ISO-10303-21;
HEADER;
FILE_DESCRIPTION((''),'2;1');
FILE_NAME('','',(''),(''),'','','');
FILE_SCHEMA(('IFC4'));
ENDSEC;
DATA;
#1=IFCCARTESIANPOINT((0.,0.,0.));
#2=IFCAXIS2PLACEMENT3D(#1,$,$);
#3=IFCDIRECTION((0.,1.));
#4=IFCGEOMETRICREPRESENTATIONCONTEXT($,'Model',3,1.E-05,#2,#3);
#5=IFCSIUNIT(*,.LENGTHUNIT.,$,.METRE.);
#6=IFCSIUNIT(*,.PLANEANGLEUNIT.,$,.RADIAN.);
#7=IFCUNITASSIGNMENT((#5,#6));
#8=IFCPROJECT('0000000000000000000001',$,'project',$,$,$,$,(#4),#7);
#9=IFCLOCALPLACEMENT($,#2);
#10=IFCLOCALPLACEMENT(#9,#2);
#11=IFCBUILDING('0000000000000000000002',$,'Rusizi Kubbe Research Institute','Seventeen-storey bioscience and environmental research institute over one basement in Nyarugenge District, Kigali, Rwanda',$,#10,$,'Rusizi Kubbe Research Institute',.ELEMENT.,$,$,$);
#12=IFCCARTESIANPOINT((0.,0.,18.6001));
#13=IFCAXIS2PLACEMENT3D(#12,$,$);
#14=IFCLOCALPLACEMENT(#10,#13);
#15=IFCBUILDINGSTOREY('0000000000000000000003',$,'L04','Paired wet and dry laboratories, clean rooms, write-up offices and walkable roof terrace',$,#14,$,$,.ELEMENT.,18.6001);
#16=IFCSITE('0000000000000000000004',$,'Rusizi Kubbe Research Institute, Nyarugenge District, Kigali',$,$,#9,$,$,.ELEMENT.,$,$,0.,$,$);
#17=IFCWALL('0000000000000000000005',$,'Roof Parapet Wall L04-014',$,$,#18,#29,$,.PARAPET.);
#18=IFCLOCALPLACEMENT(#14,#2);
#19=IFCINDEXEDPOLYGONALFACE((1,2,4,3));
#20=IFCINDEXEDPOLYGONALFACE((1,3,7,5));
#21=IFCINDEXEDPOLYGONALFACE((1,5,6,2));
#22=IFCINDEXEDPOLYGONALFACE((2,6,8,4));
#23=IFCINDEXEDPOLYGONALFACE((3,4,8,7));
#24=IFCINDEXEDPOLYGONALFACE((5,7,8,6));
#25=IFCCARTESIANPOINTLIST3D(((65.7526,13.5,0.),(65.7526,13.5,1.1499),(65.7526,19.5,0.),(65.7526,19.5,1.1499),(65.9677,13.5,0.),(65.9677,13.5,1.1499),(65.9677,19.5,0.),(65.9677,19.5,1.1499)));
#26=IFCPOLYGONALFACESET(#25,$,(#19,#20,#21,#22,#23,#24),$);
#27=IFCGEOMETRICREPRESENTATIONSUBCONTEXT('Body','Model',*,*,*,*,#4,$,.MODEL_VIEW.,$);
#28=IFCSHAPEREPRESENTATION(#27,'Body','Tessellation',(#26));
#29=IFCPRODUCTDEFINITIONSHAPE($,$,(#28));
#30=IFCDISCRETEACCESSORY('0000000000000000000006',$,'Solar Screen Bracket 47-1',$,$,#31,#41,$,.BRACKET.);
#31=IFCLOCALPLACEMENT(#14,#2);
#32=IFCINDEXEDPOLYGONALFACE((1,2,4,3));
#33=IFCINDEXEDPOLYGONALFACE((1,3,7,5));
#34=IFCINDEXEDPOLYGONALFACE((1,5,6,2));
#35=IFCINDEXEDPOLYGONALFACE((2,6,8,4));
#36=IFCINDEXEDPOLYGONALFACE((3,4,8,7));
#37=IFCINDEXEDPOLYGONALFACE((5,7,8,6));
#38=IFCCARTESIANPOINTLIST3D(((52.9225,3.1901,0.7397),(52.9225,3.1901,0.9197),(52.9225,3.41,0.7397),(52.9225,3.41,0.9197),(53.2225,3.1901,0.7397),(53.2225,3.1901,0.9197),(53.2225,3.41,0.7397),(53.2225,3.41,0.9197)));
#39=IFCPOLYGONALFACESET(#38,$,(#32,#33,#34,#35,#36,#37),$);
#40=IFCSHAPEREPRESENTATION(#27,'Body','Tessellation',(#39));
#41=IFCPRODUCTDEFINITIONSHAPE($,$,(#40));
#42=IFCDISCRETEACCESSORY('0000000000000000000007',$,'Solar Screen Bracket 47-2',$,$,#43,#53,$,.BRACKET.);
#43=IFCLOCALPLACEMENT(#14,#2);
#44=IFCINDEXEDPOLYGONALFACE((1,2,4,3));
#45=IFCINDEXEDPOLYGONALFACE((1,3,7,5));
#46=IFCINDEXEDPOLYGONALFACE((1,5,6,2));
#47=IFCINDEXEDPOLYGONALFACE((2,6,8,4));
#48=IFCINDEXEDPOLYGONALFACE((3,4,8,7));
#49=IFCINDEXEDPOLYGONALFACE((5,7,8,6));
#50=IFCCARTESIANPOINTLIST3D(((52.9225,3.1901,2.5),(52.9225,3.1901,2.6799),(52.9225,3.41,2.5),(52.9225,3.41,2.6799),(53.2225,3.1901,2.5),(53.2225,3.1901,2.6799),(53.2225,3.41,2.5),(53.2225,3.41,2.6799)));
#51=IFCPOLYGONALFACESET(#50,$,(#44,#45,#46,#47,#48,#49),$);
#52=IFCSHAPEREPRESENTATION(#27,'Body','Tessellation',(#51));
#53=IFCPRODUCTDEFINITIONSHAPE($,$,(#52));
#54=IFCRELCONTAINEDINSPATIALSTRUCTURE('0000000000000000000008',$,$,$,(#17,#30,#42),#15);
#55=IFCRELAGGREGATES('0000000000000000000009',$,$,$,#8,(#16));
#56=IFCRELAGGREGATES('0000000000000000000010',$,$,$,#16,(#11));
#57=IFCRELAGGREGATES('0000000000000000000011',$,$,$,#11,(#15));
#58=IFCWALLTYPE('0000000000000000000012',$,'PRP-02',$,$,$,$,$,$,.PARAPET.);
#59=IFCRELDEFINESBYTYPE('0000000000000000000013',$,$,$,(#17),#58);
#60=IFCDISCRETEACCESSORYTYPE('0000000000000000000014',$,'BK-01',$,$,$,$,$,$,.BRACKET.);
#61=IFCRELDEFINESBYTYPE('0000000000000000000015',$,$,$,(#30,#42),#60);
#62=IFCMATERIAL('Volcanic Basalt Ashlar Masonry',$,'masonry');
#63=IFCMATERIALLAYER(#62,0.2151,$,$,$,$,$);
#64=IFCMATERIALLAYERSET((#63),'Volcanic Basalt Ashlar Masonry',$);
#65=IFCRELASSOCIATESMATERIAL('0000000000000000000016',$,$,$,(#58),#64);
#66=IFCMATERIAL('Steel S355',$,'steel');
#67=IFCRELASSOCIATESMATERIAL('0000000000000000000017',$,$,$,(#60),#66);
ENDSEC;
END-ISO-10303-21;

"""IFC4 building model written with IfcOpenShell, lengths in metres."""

from ifc_helpers import new_model, si_unit, direction, frame, frame_2d, origin, origin_2d, place, context, subcontext, project, spatial, rectangle, extrude, material, layer, layer_set, type_object, element, save


model = new_model("IFC4")

# Units and contexts
model_context = context("Model", 3, precision=1e-05, world=origin(), true_north=direction((0.0, 1.0)))
body_context = subcontext(model_context, "Body", "Model", "MODEL_VIEW")
ifc_project = project(units=[si_unit("LENGTHUNIT", "METRE"), si_unit("PLANEANGLEUNIT", "RADIAN")], contexts=[model_context])

# Site, building, storey
site_placement = place(None, origin())
site = spatial("IfcSite", under=ifc_project, at=site_placement, Name="Rusizi Kubbe Research Institute, Nyarugenge District, Kigali", CompositionType="ELEMENT", RefElevation=0.0)
building_placement = place(site_placement, origin())
building = spatial("IfcBuilding", under=site, at=building_placement, Name="Rusizi Kubbe Research Institute", Description="Seventeen-storey bioscience and environmental research institute over one basement in Nyarugenge District, Kigali, Rwanda", LongName="Rusizi Kubbe Research Institute", CompositionType="ELEMENT")
storey_placement = place(building_placement, frame((0.0, 0.0, 18.6001)))
storey = spatial("IfcBuildingStorey", under=building, at=storey_placement, Name="L04", Description="Paired wet and dry laboratories, clean rooms, write-up offices and walkable roof terrace", CompositionType="ELEMENT", Elevation=18.6001)

# Wall
ifc_material_1 = material(Name="Volcanic Basalt Ashlar Masonry", Category="masonry")
ifc_layer_1 = layer(ifc_material_1, 0.2151)
ifc_layer_set_1 = layer_set([ifc_layer_1], Name="Volcanic Basalt Ashlar Masonry")
wall_type = type_object("IfcWallType", Name="PRP-02", PredefinedType="PARAPET", material=ifc_layer_set_1)
for number, where, z_axis, x_axis, name in (
    (1, (65.8601, 13.5, 0.0), (0.0, 0.0, 1.0), (0.0, 1.0, 0.0), "Roof Parapet Wall L04-014"),
):
    element("IfcWall", number, at=place(storey_placement, frame(where, z_axis=z_axis, x_axis=x_axis)), inside=storey, type_object=wall_type, Name=name, PredefinedType="PARAPET", context=body_context, shape_type="SweptSolid", body=[
        extrude(rectangle(XDim=6.0, YDim=0.2151, at=frame_2d((3.0, 0.0))), origin(), (0.0, 0.0, 1.0), 1.1499),
    ])

# Discrete accessories
ifc_material_2 = material(Name="Steel S355", Category="steel")
discrete_accessory_type = type_object("IfcDiscreteAccessoryType", Name="BK-01", PredefinedType="BRACKET", material=ifc_material_2)
for number, where, z_axis, x_axis, name in (
    (2, (53.0725, 3.3, 0.7397), (0.0, 0.0, 1.0), (1.0, 0.0, 0.0), "Solar Screen Bracket 47-1"),
    (3, (53.0725, 3.3, 2.5), (0.0, 0.0, 1.0), (1.0, 0.0, 0.0), "Solar Screen Bracket 47-2"),
):
    element("IfcDiscreteAccessory", number, at=place(storey_placement, frame(where, z_axis=z_axis, x_axis=x_axis)), inside=storey, type_object=discrete_accessory_type, Name=name, PredefinedType="BRACKET", context=body_context, shape_type="SweptSolid", body=[
        extrude(rectangle(XDim=0.3, YDim=0.22, at=origin_2d()), origin(), (0.0, 0.0, 1.0), 0.1799),
    ])

save(model, "model.ifc")
